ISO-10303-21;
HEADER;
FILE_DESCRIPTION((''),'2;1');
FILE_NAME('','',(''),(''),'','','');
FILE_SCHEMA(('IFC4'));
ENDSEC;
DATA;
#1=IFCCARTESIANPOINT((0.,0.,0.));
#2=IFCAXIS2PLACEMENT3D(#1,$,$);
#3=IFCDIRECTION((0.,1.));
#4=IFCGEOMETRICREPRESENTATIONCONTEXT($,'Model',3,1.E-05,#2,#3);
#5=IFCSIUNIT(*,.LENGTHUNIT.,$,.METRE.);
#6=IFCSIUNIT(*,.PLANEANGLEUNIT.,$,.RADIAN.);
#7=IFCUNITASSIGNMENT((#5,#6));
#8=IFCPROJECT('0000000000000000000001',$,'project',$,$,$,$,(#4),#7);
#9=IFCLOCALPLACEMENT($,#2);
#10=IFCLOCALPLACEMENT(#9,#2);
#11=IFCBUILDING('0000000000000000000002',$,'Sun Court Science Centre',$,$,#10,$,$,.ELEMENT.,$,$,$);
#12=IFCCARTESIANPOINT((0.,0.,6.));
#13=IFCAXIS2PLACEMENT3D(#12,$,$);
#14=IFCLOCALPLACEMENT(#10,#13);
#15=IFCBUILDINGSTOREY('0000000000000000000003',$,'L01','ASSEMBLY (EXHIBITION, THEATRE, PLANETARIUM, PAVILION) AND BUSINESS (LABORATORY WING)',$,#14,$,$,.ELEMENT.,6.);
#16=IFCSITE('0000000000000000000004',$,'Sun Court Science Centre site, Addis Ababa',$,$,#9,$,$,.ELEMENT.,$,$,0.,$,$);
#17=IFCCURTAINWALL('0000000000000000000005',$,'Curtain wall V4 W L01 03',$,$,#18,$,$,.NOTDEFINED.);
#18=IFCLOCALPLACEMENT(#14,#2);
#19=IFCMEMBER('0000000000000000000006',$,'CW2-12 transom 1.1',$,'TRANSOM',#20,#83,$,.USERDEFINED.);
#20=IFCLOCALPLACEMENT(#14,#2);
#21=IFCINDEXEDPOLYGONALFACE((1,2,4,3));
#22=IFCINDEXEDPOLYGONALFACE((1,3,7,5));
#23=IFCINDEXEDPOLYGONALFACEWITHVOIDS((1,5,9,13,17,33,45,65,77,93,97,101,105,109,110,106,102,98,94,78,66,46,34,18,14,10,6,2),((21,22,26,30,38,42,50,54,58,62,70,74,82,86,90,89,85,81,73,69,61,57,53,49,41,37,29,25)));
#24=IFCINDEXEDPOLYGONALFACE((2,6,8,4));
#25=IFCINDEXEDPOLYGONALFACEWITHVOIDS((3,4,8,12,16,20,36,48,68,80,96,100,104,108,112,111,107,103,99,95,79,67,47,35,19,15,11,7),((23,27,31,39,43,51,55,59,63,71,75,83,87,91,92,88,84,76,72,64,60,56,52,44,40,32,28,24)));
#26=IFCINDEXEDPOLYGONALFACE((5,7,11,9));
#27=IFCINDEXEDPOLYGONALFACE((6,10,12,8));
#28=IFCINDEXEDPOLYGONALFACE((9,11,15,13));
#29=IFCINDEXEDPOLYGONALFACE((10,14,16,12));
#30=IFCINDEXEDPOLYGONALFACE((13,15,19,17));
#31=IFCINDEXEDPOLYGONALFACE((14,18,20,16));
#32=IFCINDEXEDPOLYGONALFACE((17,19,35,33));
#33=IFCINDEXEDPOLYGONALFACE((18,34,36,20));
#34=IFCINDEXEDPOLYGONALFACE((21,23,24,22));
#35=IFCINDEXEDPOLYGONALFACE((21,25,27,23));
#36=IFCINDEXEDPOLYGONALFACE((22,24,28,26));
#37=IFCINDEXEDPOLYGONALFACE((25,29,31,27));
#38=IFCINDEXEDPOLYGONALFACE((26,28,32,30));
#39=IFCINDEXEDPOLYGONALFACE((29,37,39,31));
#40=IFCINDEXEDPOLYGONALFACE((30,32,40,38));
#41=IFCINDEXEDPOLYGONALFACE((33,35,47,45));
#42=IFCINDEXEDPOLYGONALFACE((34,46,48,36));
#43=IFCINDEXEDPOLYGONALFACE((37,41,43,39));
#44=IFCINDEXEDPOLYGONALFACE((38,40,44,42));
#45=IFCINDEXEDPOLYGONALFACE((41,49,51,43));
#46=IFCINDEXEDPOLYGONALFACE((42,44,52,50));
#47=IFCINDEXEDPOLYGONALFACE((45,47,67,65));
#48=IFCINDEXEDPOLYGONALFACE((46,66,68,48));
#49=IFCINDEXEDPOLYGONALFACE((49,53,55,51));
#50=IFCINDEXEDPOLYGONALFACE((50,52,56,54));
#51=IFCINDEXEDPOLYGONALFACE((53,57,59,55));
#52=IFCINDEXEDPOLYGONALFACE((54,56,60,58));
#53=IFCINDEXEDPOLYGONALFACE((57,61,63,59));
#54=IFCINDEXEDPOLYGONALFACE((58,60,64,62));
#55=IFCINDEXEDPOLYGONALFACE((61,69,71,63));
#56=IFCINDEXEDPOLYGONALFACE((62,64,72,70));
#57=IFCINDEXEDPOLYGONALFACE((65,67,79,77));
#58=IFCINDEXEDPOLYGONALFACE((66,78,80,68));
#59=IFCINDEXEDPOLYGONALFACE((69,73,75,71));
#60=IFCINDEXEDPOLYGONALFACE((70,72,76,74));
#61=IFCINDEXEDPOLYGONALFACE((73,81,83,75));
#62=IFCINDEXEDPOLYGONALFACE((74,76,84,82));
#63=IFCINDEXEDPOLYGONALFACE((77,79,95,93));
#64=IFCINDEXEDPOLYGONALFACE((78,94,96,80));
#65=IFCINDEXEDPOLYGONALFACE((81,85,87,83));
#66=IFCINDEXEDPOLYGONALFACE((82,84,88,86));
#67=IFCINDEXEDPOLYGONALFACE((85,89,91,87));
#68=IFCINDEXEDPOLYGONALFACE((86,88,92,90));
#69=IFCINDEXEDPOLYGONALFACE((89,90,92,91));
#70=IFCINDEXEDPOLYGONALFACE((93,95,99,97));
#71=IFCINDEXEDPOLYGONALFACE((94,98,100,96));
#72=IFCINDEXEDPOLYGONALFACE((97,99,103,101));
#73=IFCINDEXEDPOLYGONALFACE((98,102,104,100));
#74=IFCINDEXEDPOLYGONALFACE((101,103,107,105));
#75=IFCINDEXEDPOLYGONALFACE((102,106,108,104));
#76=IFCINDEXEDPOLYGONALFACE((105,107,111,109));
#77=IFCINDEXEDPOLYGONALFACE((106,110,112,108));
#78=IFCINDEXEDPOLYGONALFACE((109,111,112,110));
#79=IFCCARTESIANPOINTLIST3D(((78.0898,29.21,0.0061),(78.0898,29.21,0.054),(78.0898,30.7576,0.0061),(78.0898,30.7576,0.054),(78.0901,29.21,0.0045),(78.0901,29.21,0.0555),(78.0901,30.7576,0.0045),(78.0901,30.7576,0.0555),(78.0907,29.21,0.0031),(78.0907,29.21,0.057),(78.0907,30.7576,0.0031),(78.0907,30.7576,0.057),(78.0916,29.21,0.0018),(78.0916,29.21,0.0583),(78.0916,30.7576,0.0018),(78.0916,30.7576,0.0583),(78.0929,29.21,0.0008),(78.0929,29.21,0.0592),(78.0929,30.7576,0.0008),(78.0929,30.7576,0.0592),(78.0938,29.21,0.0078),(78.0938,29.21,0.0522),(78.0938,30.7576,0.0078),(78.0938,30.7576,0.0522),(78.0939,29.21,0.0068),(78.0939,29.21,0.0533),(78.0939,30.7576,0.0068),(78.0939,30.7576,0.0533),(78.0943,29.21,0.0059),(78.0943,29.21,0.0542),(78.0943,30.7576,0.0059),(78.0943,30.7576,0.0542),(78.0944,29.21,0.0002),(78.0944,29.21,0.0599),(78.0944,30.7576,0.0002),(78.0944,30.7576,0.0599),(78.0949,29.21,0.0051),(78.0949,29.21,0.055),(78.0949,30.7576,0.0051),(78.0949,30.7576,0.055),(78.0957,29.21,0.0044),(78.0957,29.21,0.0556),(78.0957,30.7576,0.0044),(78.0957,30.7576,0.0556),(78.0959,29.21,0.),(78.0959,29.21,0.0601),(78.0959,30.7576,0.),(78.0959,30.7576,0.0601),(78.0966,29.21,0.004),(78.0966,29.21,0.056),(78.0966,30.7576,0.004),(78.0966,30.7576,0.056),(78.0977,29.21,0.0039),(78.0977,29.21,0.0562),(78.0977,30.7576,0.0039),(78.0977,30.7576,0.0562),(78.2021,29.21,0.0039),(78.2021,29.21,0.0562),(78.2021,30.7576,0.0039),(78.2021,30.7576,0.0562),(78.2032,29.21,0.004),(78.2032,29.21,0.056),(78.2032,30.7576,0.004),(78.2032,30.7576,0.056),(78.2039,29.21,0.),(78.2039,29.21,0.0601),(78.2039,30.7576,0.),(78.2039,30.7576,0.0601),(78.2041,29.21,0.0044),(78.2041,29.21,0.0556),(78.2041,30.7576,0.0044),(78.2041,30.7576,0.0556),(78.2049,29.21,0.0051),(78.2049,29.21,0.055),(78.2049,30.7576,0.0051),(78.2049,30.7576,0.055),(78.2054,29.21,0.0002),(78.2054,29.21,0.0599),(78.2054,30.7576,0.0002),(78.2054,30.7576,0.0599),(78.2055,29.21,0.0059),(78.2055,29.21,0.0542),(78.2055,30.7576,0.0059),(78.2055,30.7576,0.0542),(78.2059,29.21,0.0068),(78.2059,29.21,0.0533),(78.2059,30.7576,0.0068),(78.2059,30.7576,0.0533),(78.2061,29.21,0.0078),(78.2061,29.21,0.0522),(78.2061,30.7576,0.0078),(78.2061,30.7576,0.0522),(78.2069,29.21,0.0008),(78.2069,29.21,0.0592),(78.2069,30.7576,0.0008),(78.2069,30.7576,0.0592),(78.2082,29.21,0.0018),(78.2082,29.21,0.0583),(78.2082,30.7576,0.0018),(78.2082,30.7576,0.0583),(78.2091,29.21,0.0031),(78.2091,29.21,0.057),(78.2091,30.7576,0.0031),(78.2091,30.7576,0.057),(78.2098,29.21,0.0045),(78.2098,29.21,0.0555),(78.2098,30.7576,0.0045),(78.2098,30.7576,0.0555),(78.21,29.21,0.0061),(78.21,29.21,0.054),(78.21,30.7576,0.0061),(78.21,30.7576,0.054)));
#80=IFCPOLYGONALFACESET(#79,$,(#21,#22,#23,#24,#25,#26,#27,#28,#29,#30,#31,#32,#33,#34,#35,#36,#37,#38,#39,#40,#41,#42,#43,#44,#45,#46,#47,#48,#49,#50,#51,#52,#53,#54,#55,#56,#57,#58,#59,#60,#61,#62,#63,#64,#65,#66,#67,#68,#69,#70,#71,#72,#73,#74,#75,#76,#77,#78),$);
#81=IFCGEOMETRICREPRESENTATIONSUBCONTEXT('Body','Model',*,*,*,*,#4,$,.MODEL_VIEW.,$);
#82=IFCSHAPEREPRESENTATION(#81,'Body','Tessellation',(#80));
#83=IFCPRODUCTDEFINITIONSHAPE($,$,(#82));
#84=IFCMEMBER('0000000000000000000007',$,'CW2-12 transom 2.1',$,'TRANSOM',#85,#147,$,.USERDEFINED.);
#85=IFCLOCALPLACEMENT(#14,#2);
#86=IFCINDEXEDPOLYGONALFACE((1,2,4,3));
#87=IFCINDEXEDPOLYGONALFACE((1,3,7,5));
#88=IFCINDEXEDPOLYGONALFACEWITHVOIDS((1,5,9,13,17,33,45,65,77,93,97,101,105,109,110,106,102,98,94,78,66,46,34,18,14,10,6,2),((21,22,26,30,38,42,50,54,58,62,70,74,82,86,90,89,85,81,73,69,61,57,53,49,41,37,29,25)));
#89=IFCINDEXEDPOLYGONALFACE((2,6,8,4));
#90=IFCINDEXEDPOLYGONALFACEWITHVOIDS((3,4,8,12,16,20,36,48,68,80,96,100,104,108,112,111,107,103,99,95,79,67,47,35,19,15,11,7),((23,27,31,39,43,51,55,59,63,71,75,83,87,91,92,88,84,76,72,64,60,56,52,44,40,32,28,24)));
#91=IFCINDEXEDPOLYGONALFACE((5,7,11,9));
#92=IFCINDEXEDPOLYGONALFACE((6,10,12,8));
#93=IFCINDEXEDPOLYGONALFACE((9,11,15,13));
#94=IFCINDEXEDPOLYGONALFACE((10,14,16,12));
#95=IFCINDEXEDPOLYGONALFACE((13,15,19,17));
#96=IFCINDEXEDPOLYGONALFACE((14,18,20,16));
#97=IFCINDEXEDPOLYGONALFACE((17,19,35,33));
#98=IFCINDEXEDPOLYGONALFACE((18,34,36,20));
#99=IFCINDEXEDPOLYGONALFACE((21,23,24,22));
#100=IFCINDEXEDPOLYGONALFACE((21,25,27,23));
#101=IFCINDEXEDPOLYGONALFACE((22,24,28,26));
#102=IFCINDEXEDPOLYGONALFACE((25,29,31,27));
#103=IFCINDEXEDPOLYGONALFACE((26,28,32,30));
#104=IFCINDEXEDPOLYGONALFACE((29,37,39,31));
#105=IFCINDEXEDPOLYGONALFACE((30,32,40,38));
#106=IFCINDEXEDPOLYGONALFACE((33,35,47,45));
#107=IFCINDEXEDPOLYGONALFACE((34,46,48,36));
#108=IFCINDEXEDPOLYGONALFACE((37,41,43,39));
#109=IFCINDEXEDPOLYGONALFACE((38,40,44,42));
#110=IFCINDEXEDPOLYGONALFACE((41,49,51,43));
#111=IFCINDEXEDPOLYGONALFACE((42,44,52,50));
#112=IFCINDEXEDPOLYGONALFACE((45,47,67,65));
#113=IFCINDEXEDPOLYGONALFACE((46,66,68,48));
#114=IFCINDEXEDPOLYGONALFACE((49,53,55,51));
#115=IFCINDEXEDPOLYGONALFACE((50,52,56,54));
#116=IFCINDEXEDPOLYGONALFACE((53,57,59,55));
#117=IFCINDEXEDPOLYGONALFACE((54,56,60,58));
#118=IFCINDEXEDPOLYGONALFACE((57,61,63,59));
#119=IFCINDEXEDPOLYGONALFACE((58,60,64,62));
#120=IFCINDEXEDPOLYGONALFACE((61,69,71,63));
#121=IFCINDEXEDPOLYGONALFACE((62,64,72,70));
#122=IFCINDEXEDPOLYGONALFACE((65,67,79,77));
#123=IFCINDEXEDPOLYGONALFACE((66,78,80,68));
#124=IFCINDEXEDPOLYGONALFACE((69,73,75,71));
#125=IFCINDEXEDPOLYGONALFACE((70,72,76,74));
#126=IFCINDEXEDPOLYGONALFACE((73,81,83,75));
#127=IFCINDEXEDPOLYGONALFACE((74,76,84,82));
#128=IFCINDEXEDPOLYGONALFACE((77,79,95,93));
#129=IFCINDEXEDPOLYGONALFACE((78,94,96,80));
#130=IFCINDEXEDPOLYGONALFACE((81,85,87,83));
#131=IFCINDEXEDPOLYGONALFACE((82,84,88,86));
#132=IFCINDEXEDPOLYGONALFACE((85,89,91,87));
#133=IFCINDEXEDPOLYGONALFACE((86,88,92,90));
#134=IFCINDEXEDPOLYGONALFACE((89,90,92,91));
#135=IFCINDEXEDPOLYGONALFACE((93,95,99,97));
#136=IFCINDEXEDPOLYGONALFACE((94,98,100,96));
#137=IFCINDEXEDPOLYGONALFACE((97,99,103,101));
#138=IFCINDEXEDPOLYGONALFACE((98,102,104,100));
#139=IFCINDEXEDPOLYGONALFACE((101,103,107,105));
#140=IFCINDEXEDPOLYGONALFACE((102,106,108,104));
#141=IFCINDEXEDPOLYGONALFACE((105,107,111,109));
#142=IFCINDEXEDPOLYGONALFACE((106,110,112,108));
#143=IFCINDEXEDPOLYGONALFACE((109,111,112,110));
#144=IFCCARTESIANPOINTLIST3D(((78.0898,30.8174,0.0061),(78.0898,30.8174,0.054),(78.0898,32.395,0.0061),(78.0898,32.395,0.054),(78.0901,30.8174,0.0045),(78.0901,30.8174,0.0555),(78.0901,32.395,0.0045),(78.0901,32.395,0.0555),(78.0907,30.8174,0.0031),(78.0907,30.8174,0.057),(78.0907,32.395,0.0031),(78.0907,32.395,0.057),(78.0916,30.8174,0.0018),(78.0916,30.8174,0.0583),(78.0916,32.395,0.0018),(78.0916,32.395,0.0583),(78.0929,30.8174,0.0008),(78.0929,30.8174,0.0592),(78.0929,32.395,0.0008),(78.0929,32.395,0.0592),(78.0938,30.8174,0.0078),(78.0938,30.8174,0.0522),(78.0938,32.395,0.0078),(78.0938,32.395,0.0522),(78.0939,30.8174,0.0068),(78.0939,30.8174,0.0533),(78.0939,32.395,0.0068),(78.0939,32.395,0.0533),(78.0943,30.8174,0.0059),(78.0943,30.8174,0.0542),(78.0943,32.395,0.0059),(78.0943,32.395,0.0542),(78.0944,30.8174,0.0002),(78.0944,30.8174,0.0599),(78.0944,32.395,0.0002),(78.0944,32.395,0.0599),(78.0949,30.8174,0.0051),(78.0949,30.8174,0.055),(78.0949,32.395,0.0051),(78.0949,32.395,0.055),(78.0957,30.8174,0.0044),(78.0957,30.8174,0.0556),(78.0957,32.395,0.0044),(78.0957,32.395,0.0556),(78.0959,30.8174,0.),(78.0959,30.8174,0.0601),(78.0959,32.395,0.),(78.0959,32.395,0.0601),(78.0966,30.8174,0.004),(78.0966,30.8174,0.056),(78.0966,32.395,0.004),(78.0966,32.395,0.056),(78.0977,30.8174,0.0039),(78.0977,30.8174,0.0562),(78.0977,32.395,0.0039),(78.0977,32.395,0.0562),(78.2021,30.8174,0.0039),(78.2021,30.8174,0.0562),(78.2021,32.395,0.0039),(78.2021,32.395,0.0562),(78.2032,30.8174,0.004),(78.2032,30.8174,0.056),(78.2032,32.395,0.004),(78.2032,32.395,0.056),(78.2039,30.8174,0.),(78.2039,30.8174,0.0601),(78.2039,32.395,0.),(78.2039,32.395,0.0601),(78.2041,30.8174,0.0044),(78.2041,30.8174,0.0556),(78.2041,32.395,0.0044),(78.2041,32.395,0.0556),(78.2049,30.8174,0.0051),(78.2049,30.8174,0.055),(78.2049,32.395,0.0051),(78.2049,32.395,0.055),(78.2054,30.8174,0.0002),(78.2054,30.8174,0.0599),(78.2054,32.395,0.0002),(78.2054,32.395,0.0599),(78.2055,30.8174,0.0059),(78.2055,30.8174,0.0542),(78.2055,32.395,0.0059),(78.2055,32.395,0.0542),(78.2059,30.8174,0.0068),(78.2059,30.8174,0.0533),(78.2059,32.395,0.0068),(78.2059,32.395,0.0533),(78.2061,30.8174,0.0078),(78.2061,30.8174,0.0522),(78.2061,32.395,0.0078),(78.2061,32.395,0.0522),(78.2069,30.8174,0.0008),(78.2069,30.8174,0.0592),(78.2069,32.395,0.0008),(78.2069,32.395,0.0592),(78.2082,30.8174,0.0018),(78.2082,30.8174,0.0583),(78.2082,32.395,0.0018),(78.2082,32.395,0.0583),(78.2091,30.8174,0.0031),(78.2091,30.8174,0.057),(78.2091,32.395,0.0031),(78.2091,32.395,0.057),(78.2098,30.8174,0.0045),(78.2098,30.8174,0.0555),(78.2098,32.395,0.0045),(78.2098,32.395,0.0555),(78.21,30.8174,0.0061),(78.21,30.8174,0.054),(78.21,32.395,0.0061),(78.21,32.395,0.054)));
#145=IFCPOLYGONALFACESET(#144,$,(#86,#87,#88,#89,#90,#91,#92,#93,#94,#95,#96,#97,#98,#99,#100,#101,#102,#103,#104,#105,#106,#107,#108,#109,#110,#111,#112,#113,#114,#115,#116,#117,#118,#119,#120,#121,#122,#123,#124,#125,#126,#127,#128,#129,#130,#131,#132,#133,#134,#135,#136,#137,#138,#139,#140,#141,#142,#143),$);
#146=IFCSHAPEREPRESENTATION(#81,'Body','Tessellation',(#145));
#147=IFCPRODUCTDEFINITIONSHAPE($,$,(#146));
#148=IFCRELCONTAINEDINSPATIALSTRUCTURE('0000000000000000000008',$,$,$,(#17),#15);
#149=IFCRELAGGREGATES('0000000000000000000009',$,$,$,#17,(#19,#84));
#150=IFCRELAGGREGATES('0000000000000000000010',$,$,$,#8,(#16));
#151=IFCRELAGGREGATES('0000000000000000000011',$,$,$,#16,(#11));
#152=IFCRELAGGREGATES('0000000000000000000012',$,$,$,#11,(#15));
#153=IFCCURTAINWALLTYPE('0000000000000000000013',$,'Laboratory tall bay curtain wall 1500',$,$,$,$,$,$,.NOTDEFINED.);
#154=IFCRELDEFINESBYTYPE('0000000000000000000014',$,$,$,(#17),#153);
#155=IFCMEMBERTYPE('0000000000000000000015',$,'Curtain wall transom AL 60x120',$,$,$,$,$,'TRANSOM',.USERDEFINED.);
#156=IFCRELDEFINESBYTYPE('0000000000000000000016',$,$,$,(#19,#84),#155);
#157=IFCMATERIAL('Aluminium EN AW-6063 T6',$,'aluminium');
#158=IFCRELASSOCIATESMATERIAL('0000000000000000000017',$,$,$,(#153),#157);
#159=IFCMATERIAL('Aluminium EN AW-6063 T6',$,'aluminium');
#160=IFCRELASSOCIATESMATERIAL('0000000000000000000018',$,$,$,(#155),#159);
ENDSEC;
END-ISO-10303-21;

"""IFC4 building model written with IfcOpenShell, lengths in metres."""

from ifc_helpers import new_model, si_unit, direction, frame, origin, origin_2d, place, context, subcontext, project, spatial, hollow_rectangle, extrude, material, material_profile, profile_set, type_object, element, aggregate, save


model = new_model("IFC4")

# Units and contexts
model_context = context("Model", 3, precision=1e-05, world=origin(), true_north=direction((0.0, 1.0)))
body_context = subcontext(model_context, "Body", "Model", "MODEL_VIEW")
ifc_project = project(units=[si_unit("LENGTHUNIT", "METRE"), si_unit("PLANEANGLEUNIT", "RADIAN")], contexts=[model_context])

# Site, building, storey
site_placement = place(None, origin())
site = spatial("IfcSite", under=ifc_project, at=site_placement, Name="Sun Court Science Centre site, Addis Ababa", CompositionType="ELEMENT", RefElevation=0.0)
building_placement = place(site_placement, origin())
building = spatial("IfcBuilding", under=site, at=building_placement, Name="Sun Court Science Centre", CompositionType="ELEMENT")
storey_placement = place(building_placement, frame((0.0, 0.0, 6.0)))
storey = spatial("IfcBuildingStorey", under=building, at=storey_placement, Name="L01", Description="ASSEMBLY (EXHIBITION, THEATRE, PLANETARIUM, PAVILION) AND BUSINESS (LABORATORY WING)", CompositionType="ELEMENT", Elevation=6.0)

# Curtain wall
ifc_material_1 = material(Name="Aluminium EN AW-6063 T6", Category="aluminium")
curtain_wall_type = type_object("IfcCurtainWallType", Name="Laboratory tall bay curtain wall 1500", PredefinedType="NOTDEFINED", material=ifc_material_1)
curtain_wall_1_placement = place(storey_placement, origin())
curtain_wall_1 = element("IfcCurtainWall", 1, at=curtain_wall_1_placement, inside=storey, type_object=curtain_wall_type, Name="Curtain wall V4 W L01 03", PredefinedType="NOTDEFINED")

# Members
ifc_material_2 = material(Name="Aluminium EN AW-6063 T6", Category="aluminium")
ifc_material_profile_1 = material_profile(ifc_material_2, hollow_rectangle(XDim=0.0601, YDim=0.1201, WallThickness=0.0039, InnerFilletRadius=0.0039, OuterFilletRadius=0.0061, at=origin_2d()), Name="AL 60x120x4")
ifc_profile_set_1 = profile_set([ifc_material_profile_1], Name="Aluminium EN AW-6063 T6")
member_type_1 = type_object("IfcMemberType", Name="Curtain wall transom AL 60x120", ElementType="TRANSOM", PredefinedType="USERDEFINED", material=ifc_profile_set_1)
member_1_placement = place(storey_placement, frame((78.1499, 29.21, 0.03), z_axis=(0.0, 1.0, 0.0), x_axis=(0.0, 0.0, 1.0)))
member_1 = element("IfcMember", 2, at=member_1_placement, type_object=member_type_1, Name="CW2-12 transom 1.1", ObjectType="TRANSOM", PredefinedType="USERDEFINED", context=body_context, shape_type="SweptSolid", body=[
    extrude(hollow_rectangle(XDim=0.0601, YDim=0.1201, WallThickness=0.0039, InnerFilletRadius=0.0039, OuterFilletRadius=0.0061, at=origin_2d()), origin(), (0.0, 0.0, 1.0), 1.5476),
])
member_2_placement = place(storey_placement, frame((78.1499, 30.8174, 0.03), z_axis=(0.0, 1.0, 0.0), x_axis=(0.0, 0.0, 1.0)))
member_2 = element("IfcMember", 3, at=member_2_placement, type_object=member_type_1, Name="CW2-12 transom 2.1", ObjectType="TRANSOM", PredefinedType="USERDEFINED", context=body_context, shape_type="SweptSolid", body=[
    extrude(hollow_rectangle(XDim=0.0601, YDim=0.1201, WallThickness=0.0039, InnerFilletRadius=0.0039, OuterFilletRadius=0.0061, at=origin_2d()), origin(), (0.0, 0.0, 1.0), 1.5776),
])

aggregate(curtain_wall_1, [member_1, member_2])

save(model, "model.ifc")
